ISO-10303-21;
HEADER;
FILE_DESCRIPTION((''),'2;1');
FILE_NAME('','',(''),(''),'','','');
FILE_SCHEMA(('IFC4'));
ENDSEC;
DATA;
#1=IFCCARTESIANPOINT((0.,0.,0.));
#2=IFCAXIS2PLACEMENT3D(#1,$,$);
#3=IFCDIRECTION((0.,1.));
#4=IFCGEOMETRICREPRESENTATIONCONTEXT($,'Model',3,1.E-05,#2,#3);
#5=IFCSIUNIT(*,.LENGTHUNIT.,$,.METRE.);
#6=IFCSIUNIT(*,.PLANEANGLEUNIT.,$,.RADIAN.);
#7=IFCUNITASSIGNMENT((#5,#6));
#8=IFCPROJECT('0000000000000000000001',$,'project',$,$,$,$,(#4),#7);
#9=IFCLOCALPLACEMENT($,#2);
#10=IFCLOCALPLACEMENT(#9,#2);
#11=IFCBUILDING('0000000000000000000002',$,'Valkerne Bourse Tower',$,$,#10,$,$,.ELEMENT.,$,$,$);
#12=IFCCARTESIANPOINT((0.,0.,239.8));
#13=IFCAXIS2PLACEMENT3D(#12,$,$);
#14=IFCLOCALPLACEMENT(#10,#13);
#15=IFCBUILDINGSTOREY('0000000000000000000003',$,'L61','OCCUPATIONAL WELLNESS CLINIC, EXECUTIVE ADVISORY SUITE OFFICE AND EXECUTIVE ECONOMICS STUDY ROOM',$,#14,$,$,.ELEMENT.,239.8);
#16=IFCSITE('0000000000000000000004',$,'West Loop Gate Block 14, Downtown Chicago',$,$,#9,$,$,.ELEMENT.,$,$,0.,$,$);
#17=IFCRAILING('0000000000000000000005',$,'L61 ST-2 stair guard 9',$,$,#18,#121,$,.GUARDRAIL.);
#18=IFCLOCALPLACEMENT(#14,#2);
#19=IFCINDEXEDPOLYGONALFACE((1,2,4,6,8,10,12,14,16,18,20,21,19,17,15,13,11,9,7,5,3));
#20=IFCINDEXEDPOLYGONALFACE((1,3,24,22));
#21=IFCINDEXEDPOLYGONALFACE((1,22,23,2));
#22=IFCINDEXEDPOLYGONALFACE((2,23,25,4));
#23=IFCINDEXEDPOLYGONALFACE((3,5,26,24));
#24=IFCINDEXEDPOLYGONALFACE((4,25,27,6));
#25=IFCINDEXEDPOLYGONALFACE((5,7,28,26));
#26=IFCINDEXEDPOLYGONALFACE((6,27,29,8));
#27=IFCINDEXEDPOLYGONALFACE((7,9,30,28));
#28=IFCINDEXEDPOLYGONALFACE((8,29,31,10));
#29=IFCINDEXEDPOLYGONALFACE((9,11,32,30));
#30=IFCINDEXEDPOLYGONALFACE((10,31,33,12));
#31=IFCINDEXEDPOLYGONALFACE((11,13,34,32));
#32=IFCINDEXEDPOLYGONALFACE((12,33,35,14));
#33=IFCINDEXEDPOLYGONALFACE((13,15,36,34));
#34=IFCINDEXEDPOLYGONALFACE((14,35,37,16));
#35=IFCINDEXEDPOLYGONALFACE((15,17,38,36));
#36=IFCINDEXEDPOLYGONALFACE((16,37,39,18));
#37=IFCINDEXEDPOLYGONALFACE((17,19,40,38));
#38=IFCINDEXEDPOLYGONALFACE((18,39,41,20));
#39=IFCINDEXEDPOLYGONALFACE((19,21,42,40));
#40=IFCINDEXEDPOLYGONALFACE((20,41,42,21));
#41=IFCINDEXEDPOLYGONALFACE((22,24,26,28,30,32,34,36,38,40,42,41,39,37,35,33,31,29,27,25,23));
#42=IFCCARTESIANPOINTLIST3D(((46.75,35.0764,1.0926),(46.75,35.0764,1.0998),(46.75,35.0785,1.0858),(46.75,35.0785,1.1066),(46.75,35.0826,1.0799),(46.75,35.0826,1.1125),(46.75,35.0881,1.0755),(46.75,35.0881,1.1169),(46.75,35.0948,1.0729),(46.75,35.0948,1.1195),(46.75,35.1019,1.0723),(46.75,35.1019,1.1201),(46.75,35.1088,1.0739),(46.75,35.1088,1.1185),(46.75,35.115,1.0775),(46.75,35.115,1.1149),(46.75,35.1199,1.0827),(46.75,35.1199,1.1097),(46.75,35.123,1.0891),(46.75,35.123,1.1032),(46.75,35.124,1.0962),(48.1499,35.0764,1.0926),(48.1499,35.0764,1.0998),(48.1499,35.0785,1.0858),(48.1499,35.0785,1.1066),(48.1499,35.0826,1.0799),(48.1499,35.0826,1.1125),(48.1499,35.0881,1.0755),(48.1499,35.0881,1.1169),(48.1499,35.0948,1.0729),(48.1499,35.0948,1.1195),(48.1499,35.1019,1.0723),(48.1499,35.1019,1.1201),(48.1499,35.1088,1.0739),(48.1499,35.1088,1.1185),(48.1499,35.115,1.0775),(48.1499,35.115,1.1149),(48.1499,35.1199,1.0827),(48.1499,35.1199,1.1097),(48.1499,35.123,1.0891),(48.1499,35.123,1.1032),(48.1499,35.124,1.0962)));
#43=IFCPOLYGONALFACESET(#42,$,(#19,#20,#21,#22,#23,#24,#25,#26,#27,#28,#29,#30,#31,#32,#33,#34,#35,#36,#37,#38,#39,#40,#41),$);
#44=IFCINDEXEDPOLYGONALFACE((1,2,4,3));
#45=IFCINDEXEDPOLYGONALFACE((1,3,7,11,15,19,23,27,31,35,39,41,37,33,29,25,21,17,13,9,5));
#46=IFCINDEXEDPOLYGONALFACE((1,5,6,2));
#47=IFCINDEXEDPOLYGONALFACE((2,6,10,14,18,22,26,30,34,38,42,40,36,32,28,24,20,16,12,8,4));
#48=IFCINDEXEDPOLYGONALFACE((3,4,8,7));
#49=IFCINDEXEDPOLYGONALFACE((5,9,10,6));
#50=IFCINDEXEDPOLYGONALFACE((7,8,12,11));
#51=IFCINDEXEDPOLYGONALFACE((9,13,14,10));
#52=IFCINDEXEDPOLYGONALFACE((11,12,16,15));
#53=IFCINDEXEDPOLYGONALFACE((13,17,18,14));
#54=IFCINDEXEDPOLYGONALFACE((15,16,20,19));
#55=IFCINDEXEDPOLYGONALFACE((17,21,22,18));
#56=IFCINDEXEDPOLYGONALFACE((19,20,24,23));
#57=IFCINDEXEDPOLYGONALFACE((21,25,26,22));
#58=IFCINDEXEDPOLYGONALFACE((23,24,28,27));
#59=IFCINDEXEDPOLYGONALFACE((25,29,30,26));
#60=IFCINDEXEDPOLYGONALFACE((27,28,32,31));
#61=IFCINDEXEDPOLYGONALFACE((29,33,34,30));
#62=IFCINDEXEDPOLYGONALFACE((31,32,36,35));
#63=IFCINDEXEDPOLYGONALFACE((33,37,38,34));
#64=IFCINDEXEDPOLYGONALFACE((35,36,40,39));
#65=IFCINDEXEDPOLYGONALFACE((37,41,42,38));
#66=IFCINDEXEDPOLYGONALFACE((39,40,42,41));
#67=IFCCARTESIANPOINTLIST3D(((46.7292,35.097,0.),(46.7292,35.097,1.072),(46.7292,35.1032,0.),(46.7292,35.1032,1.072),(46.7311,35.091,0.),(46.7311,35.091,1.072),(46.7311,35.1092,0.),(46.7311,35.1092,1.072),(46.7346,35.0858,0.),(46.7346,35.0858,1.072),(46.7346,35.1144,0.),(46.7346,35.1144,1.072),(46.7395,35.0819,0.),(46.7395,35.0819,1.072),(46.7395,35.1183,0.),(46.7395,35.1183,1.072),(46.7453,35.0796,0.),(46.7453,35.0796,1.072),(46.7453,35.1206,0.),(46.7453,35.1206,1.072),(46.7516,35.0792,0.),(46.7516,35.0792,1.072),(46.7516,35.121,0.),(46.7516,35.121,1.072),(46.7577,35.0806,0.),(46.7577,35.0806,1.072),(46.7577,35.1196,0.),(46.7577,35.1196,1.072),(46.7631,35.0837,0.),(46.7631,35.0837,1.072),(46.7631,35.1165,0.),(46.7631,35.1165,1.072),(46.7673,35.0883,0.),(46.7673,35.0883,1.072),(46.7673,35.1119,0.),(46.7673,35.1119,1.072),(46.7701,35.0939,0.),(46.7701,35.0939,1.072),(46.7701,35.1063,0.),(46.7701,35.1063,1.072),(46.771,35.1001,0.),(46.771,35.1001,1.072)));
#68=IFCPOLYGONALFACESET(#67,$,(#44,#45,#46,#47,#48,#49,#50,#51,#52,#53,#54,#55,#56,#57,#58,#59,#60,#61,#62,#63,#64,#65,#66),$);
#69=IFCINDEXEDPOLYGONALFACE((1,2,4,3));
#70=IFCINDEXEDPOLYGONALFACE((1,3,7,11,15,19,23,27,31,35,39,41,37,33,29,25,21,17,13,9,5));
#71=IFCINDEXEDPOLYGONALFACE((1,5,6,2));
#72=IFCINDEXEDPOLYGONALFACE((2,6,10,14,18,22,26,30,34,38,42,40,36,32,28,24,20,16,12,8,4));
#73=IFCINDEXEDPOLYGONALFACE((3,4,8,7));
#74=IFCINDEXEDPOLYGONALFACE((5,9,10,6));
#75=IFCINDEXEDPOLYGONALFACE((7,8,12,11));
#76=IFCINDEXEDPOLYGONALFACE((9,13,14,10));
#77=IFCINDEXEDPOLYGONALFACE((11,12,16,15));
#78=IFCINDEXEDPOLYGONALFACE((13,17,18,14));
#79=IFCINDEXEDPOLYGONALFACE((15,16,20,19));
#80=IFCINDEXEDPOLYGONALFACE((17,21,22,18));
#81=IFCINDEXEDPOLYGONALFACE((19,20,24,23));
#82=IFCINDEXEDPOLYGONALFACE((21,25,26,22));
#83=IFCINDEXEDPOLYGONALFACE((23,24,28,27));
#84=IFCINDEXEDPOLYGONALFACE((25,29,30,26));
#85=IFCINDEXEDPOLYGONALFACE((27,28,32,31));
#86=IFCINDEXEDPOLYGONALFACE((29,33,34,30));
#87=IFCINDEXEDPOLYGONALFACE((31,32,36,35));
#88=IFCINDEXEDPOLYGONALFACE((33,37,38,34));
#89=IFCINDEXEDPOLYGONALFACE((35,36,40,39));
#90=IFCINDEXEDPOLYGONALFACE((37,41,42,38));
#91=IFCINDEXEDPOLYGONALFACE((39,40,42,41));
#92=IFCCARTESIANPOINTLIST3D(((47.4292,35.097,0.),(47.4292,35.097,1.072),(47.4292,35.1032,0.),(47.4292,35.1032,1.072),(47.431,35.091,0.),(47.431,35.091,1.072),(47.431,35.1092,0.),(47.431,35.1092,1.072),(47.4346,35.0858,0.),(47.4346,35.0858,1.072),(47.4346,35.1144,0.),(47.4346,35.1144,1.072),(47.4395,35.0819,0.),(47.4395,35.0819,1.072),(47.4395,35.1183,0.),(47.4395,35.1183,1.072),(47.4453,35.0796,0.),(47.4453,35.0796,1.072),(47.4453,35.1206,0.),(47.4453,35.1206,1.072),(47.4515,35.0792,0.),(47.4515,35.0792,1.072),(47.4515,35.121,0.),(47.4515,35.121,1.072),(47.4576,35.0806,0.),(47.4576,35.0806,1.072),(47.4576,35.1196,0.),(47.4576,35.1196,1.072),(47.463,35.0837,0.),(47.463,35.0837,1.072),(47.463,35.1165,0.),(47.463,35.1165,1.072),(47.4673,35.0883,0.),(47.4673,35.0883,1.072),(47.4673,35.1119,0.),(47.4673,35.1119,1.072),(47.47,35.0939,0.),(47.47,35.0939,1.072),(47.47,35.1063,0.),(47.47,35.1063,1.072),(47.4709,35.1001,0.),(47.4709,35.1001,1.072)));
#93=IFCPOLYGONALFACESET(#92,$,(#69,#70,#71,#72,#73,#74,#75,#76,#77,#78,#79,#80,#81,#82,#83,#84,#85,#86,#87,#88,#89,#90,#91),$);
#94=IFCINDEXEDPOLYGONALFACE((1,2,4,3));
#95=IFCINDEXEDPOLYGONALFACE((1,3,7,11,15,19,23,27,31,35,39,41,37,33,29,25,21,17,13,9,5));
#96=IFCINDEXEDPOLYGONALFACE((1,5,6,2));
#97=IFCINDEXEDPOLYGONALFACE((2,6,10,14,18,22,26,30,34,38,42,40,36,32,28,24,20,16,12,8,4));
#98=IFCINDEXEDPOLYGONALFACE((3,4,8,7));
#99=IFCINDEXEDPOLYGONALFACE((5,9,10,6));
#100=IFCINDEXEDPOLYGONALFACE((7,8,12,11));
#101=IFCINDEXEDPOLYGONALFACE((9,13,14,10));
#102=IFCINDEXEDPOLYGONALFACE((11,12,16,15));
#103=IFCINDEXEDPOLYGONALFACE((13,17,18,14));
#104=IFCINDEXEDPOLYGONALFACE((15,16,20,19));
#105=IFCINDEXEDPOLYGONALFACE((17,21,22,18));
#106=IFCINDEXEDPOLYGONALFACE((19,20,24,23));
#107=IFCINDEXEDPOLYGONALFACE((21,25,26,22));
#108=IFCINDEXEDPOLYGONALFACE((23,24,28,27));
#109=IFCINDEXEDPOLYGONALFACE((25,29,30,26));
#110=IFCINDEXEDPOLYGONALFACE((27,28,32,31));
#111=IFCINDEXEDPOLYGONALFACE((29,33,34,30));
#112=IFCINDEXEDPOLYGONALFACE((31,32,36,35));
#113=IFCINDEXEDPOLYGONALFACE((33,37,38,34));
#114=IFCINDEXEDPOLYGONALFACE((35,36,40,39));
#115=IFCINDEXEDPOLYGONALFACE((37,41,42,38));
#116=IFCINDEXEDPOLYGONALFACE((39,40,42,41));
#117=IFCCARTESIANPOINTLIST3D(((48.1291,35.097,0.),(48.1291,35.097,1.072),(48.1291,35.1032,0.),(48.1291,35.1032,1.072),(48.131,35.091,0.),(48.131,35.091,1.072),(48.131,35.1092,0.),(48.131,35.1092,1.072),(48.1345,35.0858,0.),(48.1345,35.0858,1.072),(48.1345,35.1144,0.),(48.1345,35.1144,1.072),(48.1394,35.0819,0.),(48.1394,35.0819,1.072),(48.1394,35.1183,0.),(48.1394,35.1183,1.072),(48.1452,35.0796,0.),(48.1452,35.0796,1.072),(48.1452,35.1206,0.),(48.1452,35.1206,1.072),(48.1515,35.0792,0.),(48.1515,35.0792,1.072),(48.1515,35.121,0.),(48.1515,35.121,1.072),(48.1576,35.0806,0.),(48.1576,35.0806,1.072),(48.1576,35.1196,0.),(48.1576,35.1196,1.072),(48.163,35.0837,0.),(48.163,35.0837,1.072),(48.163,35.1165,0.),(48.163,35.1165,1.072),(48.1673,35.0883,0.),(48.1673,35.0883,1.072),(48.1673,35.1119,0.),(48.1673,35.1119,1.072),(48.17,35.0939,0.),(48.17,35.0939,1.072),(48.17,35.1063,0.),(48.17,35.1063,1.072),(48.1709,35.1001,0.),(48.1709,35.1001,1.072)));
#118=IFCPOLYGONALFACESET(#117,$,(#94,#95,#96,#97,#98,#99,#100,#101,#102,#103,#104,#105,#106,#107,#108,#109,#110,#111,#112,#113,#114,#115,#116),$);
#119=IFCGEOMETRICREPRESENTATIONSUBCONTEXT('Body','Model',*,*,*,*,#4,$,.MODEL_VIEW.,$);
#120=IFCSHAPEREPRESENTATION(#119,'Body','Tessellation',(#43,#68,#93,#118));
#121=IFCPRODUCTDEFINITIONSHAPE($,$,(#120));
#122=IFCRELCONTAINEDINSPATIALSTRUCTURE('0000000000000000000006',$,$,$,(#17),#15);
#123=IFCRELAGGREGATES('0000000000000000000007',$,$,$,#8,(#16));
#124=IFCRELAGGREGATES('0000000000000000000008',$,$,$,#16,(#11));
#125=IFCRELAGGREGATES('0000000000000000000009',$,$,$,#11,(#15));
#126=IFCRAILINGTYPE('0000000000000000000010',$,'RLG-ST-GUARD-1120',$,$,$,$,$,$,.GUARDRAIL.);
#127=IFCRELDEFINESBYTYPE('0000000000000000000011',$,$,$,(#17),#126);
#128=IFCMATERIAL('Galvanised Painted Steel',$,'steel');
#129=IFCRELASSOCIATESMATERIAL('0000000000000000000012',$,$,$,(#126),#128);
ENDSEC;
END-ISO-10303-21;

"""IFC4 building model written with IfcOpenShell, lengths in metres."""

from ifc_helpers import new_model, si_unit, direction, frame, origin, origin_2d, place, context, subcontext, project, spatial, circle, extrude, material, type_object, element, save


model = new_model("IFC4")

# Units and contexts
model_context = context("Model", 3, precision=1e-05, world=origin(), true_north=direction((0.0, 1.0)))
body_context = subcontext(model_context, "Body", "Model", "MODEL_VIEW")
ifc_project = project(units=[si_unit("LENGTHUNIT", "METRE"), si_unit("PLANEANGLEUNIT", "RADIAN")], contexts=[model_context])

# Site, building, storey
site_placement = place(None, origin())
site = spatial("IfcSite", under=ifc_project, at=site_placement, Name="West Loop Gate Block 14, Downtown Chicago", CompositionType="ELEMENT", RefElevation=0.0)
building_placement = place(site_placement, origin())
building = spatial("IfcBuilding", under=site, at=building_placement, Name="Valkerne Bourse Tower", CompositionType="ELEMENT")
storey_placement = place(building_placement, frame((0.0, 0.0, 239.8)))
storey = spatial("IfcBuildingStorey", under=building, at=storey_placement, Name="L61", Description="OCCUPATIONAL WELLNESS CLINIC, EXECUTIVE ADVISORY SUITE OFFICE AND EXECUTIVE ECONOMICS STUDY ROOM", CompositionType="ELEMENT", Elevation=239.8)

# Shared definitions
ifc_material_1 = material(Name="Galvanised Painted Steel", Category="steel")

# Railing
railing_type_1 = type_object("IfcRailingType", Name="RLG-ST-GUARD-1120", PredefinedType="GUARDRAIL", material=ifc_material_1)
for number, where, name in (
    (1, (46.75, 35.1001, 0.0), "L61 ST-2 stair guard 9"),
):
    element("IfcRailing", number, at=place(storey_placement, frame(where)), inside=storey, type_object=railing_type_1, Name=name, PredefinedType="GUARDRAIL", context=body_context, shape_type="SweptSolid", body=[
        extrude(circle(Radius=0.0239, at=origin_2d()), frame((0.0, 0.0, 1.0962), z_axis=(1.0, 0.0, 0.0), x_axis=(0.0, 1.0, 0.0)), (0.0, 0.0, 1.0), 1.3999),
        extrude(circle(Radius=0.021, at=origin_2d()), origin(), (0.0, 0.0, 1.0), 1.072),
        extrude(circle(Radius=0.021, at=origin_2d()), frame((0.7, 0.0, 0.0)), (0.0, 0.0, 1.0), 1.072),
        extrude(circle(Radius=0.021, at=origin_2d()), frame((1.3999, 0.0, 0.0)), (0.0, 0.0, 1.0), 1.072),
    ])

save(model, "model.ifc")
